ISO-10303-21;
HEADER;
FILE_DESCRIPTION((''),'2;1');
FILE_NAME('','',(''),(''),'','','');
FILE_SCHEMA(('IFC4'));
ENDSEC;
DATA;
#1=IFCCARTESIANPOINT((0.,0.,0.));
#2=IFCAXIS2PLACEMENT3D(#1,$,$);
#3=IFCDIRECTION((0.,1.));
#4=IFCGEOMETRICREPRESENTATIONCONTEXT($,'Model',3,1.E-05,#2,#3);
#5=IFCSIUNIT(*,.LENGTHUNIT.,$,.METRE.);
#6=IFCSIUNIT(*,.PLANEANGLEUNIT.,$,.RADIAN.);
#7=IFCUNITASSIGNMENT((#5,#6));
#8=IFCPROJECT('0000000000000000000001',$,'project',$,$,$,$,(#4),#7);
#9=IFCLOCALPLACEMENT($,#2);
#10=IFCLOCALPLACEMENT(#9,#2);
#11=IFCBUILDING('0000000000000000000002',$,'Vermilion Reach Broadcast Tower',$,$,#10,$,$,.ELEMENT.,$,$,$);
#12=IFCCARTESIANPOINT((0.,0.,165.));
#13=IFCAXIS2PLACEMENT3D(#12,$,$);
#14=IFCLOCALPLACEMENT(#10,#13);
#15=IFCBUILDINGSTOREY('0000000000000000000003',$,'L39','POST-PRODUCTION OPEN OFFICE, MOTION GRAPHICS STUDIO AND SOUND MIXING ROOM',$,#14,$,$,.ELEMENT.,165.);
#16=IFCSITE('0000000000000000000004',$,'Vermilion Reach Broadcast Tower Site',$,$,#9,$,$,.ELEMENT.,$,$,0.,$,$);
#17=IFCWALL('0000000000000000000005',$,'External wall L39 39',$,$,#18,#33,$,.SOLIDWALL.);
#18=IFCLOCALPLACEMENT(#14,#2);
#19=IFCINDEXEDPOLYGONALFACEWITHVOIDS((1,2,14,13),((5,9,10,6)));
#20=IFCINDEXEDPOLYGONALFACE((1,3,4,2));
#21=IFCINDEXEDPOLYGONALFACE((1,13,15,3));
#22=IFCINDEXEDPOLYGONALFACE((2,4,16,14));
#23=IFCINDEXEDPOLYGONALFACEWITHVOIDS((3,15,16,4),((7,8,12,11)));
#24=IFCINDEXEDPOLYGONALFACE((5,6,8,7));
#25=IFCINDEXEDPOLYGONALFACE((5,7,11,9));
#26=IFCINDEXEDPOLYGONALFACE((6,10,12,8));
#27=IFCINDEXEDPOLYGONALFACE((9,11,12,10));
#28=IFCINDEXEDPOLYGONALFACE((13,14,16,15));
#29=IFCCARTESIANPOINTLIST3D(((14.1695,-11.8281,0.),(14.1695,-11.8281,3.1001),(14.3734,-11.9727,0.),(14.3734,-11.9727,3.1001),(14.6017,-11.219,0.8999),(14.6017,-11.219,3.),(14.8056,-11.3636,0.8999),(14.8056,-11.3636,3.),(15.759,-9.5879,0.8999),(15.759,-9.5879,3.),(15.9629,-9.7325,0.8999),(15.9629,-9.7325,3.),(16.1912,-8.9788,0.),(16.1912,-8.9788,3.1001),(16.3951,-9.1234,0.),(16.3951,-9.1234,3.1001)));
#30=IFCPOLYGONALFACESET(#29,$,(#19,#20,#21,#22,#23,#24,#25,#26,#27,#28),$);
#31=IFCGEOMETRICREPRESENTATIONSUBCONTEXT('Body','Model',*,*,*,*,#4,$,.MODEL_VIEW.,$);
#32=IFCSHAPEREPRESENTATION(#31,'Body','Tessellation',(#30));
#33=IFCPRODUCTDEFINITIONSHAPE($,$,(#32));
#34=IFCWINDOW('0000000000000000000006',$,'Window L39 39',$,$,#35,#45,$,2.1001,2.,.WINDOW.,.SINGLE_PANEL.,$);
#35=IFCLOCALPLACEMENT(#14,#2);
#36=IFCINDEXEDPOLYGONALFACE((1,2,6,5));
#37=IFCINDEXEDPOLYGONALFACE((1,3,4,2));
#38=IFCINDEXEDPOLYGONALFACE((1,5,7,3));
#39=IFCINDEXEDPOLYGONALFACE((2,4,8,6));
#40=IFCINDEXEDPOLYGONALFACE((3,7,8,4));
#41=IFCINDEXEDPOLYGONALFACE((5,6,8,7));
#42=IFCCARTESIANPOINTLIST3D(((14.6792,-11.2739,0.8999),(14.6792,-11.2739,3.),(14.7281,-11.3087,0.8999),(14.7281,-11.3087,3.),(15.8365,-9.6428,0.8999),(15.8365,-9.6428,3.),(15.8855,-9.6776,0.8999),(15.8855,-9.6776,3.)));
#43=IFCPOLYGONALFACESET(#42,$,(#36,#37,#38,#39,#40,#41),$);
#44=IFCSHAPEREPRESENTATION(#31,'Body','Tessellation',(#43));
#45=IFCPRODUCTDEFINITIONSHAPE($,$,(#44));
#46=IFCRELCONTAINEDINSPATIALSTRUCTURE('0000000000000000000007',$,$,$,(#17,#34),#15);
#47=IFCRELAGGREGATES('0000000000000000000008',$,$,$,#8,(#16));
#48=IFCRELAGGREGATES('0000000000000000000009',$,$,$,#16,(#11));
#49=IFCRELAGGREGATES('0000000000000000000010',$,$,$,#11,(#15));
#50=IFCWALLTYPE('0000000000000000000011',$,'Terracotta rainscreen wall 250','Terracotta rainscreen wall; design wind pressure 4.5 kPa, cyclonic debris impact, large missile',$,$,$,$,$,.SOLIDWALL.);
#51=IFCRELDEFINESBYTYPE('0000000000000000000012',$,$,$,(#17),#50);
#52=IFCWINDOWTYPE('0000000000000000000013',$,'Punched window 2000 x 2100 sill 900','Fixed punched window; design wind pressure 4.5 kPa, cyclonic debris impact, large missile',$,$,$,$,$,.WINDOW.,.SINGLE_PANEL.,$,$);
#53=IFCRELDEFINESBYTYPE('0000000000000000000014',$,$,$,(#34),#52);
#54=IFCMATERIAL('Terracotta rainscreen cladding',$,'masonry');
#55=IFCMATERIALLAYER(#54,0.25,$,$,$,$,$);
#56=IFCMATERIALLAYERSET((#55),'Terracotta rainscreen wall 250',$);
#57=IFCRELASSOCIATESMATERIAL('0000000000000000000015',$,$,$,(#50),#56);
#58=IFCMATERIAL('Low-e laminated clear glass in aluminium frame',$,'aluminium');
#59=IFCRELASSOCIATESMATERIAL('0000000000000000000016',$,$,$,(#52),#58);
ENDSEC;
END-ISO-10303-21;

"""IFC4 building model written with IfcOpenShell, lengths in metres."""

from ifc_helpers import new_model, si_unit, direction, frame, frame_2d, origin, place, context, subcontext, project, spatial, rectangle, extrude, material, layer, layer_set, type_object, element, fill, save


model = new_model("IFC4")

# Units and contexts
model_context = context("Model", 3, precision=1e-05, world=origin(), true_north=direction((0.0, 1.0)))
body_context = subcontext(model_context, "Body", "Model", "MODEL_VIEW")
ifc_project = project(units=[si_unit("LENGTHUNIT", "METRE"), si_unit("PLANEANGLEUNIT", "RADIAN")], contexts=[model_context])

# Site, building, storey
site_placement = place(None, origin())
site = spatial("IfcSite", under=ifc_project, at=site_placement, Name="Vermilion Reach Broadcast Tower Site", CompositionType="ELEMENT", RefElevation=0.0)
building_placement = place(site_placement, origin())
building = spatial("IfcBuilding", under=site, at=building_placement, Name="Vermilion Reach Broadcast Tower", CompositionType="ELEMENT")
storey_placement = place(building_placement, frame((0.0, 0.0, 165.0)))
storey = spatial("IfcBuildingStorey", under=building, at=storey_placement, Name="L39", Description="POST-PRODUCTION OPEN OFFICE, MOTION GRAPHICS STUDIO AND SOUND MIXING ROOM", CompositionType="ELEMENT", Elevation=165.0)

# Shared definitions
ifc_material_1 = material(Name="Terracotta rainscreen cladding", Category="masonry")
ifc_layer_1 = layer(ifc_material_1, 0.25)
ifc_layer_set_1 = layer_set([ifc_layer_1], Name="Terracotta rainscreen wall 250")
wall_type_1 = type_object("IfcWallType", Name="Terracotta rainscreen wall 250", Description="Terracotta rainscreen wall; design wind pressure 4.5 kPa, cyclonic debris impact, large missile", PredefinedType="SOLIDWALL", material=ifc_layer_set_1)

# Wall, opening, window
wall_1_placement = place(storey_placement, frame((14.2715, -11.9004, 0.0), z_axis=(0.0, 0.0, 1.0), x_axis=(0.578671, 0.815561, 0.0)))
wall_1 = element("IfcWall", 1, at=wall_1_placement, inside=storey, type_object=wall_type_1, Name="External wall L39 39", PredefinedType="SOLIDWALL", context=body_context, shape_type="SweptSolid", body=[
    extrude(rectangle(XDim=3.4937, YDim=0.25, at=frame_2d((1.7468, 0.0))), origin(), (0.0, 0.0, 1.0), 3.1001),
])
opening_placement = place(wall_1_placement, frame((0.7468, 0.0, 0.8999)))
opening = element("IfcOpeningElement", 2, at=opening_placement, cuts=wall_1, PredefinedType="OPENING", context=body_context, shape_type="SweptSolid", body=[
    extrude(rectangle(XDim=2.0, YDim=2.1001, at=frame_2d((1.0, 1.05))), frame((0.0, 0.135, 0.0), z_axis=(0.0, -1.0, 0.0), x_axis=(1.0, 0.0, 0.0)), (0.0, 0.0, 1.0), 0.27),
])
ifc_material_2 = material(Name="Low-e laminated clear glass in aluminium frame", Category="aluminium")
window_type = type_object("IfcWindowType", Name="Punched window 2000 x 2100 sill 900", Description="Fixed punched window; design wind pressure 4.5 kPa, cyclonic debris impact, large missile", PartitioningType="SINGLE_PANEL", PredefinedType="WINDOW", material=ifc_material_2)
window_placement = place(opening_placement, origin())
window = element("IfcWindow", 3, at=window_placement, inside=storey, type_object=window_type, Name="Window L39 39", OverallHeight=2.1001, OverallWidth=2.0, PartitioningType="SINGLE_PANEL", PredefinedType="WINDOW", context=body_context, shape_type="SweptSolid", body=[
    extrude(rectangle(XDim=2.0, YDim=2.1001, at=frame_2d((1.0, 1.05))), frame((0.0, 0.03, 0.0), z_axis=(0.0, -1.0, 0.0), x_axis=(1.0, 0.0, 0.0)), (0.0, 0.0, 1.0), 0.0601),
])
fill(opening, window)

save(model, "model.ifc")
